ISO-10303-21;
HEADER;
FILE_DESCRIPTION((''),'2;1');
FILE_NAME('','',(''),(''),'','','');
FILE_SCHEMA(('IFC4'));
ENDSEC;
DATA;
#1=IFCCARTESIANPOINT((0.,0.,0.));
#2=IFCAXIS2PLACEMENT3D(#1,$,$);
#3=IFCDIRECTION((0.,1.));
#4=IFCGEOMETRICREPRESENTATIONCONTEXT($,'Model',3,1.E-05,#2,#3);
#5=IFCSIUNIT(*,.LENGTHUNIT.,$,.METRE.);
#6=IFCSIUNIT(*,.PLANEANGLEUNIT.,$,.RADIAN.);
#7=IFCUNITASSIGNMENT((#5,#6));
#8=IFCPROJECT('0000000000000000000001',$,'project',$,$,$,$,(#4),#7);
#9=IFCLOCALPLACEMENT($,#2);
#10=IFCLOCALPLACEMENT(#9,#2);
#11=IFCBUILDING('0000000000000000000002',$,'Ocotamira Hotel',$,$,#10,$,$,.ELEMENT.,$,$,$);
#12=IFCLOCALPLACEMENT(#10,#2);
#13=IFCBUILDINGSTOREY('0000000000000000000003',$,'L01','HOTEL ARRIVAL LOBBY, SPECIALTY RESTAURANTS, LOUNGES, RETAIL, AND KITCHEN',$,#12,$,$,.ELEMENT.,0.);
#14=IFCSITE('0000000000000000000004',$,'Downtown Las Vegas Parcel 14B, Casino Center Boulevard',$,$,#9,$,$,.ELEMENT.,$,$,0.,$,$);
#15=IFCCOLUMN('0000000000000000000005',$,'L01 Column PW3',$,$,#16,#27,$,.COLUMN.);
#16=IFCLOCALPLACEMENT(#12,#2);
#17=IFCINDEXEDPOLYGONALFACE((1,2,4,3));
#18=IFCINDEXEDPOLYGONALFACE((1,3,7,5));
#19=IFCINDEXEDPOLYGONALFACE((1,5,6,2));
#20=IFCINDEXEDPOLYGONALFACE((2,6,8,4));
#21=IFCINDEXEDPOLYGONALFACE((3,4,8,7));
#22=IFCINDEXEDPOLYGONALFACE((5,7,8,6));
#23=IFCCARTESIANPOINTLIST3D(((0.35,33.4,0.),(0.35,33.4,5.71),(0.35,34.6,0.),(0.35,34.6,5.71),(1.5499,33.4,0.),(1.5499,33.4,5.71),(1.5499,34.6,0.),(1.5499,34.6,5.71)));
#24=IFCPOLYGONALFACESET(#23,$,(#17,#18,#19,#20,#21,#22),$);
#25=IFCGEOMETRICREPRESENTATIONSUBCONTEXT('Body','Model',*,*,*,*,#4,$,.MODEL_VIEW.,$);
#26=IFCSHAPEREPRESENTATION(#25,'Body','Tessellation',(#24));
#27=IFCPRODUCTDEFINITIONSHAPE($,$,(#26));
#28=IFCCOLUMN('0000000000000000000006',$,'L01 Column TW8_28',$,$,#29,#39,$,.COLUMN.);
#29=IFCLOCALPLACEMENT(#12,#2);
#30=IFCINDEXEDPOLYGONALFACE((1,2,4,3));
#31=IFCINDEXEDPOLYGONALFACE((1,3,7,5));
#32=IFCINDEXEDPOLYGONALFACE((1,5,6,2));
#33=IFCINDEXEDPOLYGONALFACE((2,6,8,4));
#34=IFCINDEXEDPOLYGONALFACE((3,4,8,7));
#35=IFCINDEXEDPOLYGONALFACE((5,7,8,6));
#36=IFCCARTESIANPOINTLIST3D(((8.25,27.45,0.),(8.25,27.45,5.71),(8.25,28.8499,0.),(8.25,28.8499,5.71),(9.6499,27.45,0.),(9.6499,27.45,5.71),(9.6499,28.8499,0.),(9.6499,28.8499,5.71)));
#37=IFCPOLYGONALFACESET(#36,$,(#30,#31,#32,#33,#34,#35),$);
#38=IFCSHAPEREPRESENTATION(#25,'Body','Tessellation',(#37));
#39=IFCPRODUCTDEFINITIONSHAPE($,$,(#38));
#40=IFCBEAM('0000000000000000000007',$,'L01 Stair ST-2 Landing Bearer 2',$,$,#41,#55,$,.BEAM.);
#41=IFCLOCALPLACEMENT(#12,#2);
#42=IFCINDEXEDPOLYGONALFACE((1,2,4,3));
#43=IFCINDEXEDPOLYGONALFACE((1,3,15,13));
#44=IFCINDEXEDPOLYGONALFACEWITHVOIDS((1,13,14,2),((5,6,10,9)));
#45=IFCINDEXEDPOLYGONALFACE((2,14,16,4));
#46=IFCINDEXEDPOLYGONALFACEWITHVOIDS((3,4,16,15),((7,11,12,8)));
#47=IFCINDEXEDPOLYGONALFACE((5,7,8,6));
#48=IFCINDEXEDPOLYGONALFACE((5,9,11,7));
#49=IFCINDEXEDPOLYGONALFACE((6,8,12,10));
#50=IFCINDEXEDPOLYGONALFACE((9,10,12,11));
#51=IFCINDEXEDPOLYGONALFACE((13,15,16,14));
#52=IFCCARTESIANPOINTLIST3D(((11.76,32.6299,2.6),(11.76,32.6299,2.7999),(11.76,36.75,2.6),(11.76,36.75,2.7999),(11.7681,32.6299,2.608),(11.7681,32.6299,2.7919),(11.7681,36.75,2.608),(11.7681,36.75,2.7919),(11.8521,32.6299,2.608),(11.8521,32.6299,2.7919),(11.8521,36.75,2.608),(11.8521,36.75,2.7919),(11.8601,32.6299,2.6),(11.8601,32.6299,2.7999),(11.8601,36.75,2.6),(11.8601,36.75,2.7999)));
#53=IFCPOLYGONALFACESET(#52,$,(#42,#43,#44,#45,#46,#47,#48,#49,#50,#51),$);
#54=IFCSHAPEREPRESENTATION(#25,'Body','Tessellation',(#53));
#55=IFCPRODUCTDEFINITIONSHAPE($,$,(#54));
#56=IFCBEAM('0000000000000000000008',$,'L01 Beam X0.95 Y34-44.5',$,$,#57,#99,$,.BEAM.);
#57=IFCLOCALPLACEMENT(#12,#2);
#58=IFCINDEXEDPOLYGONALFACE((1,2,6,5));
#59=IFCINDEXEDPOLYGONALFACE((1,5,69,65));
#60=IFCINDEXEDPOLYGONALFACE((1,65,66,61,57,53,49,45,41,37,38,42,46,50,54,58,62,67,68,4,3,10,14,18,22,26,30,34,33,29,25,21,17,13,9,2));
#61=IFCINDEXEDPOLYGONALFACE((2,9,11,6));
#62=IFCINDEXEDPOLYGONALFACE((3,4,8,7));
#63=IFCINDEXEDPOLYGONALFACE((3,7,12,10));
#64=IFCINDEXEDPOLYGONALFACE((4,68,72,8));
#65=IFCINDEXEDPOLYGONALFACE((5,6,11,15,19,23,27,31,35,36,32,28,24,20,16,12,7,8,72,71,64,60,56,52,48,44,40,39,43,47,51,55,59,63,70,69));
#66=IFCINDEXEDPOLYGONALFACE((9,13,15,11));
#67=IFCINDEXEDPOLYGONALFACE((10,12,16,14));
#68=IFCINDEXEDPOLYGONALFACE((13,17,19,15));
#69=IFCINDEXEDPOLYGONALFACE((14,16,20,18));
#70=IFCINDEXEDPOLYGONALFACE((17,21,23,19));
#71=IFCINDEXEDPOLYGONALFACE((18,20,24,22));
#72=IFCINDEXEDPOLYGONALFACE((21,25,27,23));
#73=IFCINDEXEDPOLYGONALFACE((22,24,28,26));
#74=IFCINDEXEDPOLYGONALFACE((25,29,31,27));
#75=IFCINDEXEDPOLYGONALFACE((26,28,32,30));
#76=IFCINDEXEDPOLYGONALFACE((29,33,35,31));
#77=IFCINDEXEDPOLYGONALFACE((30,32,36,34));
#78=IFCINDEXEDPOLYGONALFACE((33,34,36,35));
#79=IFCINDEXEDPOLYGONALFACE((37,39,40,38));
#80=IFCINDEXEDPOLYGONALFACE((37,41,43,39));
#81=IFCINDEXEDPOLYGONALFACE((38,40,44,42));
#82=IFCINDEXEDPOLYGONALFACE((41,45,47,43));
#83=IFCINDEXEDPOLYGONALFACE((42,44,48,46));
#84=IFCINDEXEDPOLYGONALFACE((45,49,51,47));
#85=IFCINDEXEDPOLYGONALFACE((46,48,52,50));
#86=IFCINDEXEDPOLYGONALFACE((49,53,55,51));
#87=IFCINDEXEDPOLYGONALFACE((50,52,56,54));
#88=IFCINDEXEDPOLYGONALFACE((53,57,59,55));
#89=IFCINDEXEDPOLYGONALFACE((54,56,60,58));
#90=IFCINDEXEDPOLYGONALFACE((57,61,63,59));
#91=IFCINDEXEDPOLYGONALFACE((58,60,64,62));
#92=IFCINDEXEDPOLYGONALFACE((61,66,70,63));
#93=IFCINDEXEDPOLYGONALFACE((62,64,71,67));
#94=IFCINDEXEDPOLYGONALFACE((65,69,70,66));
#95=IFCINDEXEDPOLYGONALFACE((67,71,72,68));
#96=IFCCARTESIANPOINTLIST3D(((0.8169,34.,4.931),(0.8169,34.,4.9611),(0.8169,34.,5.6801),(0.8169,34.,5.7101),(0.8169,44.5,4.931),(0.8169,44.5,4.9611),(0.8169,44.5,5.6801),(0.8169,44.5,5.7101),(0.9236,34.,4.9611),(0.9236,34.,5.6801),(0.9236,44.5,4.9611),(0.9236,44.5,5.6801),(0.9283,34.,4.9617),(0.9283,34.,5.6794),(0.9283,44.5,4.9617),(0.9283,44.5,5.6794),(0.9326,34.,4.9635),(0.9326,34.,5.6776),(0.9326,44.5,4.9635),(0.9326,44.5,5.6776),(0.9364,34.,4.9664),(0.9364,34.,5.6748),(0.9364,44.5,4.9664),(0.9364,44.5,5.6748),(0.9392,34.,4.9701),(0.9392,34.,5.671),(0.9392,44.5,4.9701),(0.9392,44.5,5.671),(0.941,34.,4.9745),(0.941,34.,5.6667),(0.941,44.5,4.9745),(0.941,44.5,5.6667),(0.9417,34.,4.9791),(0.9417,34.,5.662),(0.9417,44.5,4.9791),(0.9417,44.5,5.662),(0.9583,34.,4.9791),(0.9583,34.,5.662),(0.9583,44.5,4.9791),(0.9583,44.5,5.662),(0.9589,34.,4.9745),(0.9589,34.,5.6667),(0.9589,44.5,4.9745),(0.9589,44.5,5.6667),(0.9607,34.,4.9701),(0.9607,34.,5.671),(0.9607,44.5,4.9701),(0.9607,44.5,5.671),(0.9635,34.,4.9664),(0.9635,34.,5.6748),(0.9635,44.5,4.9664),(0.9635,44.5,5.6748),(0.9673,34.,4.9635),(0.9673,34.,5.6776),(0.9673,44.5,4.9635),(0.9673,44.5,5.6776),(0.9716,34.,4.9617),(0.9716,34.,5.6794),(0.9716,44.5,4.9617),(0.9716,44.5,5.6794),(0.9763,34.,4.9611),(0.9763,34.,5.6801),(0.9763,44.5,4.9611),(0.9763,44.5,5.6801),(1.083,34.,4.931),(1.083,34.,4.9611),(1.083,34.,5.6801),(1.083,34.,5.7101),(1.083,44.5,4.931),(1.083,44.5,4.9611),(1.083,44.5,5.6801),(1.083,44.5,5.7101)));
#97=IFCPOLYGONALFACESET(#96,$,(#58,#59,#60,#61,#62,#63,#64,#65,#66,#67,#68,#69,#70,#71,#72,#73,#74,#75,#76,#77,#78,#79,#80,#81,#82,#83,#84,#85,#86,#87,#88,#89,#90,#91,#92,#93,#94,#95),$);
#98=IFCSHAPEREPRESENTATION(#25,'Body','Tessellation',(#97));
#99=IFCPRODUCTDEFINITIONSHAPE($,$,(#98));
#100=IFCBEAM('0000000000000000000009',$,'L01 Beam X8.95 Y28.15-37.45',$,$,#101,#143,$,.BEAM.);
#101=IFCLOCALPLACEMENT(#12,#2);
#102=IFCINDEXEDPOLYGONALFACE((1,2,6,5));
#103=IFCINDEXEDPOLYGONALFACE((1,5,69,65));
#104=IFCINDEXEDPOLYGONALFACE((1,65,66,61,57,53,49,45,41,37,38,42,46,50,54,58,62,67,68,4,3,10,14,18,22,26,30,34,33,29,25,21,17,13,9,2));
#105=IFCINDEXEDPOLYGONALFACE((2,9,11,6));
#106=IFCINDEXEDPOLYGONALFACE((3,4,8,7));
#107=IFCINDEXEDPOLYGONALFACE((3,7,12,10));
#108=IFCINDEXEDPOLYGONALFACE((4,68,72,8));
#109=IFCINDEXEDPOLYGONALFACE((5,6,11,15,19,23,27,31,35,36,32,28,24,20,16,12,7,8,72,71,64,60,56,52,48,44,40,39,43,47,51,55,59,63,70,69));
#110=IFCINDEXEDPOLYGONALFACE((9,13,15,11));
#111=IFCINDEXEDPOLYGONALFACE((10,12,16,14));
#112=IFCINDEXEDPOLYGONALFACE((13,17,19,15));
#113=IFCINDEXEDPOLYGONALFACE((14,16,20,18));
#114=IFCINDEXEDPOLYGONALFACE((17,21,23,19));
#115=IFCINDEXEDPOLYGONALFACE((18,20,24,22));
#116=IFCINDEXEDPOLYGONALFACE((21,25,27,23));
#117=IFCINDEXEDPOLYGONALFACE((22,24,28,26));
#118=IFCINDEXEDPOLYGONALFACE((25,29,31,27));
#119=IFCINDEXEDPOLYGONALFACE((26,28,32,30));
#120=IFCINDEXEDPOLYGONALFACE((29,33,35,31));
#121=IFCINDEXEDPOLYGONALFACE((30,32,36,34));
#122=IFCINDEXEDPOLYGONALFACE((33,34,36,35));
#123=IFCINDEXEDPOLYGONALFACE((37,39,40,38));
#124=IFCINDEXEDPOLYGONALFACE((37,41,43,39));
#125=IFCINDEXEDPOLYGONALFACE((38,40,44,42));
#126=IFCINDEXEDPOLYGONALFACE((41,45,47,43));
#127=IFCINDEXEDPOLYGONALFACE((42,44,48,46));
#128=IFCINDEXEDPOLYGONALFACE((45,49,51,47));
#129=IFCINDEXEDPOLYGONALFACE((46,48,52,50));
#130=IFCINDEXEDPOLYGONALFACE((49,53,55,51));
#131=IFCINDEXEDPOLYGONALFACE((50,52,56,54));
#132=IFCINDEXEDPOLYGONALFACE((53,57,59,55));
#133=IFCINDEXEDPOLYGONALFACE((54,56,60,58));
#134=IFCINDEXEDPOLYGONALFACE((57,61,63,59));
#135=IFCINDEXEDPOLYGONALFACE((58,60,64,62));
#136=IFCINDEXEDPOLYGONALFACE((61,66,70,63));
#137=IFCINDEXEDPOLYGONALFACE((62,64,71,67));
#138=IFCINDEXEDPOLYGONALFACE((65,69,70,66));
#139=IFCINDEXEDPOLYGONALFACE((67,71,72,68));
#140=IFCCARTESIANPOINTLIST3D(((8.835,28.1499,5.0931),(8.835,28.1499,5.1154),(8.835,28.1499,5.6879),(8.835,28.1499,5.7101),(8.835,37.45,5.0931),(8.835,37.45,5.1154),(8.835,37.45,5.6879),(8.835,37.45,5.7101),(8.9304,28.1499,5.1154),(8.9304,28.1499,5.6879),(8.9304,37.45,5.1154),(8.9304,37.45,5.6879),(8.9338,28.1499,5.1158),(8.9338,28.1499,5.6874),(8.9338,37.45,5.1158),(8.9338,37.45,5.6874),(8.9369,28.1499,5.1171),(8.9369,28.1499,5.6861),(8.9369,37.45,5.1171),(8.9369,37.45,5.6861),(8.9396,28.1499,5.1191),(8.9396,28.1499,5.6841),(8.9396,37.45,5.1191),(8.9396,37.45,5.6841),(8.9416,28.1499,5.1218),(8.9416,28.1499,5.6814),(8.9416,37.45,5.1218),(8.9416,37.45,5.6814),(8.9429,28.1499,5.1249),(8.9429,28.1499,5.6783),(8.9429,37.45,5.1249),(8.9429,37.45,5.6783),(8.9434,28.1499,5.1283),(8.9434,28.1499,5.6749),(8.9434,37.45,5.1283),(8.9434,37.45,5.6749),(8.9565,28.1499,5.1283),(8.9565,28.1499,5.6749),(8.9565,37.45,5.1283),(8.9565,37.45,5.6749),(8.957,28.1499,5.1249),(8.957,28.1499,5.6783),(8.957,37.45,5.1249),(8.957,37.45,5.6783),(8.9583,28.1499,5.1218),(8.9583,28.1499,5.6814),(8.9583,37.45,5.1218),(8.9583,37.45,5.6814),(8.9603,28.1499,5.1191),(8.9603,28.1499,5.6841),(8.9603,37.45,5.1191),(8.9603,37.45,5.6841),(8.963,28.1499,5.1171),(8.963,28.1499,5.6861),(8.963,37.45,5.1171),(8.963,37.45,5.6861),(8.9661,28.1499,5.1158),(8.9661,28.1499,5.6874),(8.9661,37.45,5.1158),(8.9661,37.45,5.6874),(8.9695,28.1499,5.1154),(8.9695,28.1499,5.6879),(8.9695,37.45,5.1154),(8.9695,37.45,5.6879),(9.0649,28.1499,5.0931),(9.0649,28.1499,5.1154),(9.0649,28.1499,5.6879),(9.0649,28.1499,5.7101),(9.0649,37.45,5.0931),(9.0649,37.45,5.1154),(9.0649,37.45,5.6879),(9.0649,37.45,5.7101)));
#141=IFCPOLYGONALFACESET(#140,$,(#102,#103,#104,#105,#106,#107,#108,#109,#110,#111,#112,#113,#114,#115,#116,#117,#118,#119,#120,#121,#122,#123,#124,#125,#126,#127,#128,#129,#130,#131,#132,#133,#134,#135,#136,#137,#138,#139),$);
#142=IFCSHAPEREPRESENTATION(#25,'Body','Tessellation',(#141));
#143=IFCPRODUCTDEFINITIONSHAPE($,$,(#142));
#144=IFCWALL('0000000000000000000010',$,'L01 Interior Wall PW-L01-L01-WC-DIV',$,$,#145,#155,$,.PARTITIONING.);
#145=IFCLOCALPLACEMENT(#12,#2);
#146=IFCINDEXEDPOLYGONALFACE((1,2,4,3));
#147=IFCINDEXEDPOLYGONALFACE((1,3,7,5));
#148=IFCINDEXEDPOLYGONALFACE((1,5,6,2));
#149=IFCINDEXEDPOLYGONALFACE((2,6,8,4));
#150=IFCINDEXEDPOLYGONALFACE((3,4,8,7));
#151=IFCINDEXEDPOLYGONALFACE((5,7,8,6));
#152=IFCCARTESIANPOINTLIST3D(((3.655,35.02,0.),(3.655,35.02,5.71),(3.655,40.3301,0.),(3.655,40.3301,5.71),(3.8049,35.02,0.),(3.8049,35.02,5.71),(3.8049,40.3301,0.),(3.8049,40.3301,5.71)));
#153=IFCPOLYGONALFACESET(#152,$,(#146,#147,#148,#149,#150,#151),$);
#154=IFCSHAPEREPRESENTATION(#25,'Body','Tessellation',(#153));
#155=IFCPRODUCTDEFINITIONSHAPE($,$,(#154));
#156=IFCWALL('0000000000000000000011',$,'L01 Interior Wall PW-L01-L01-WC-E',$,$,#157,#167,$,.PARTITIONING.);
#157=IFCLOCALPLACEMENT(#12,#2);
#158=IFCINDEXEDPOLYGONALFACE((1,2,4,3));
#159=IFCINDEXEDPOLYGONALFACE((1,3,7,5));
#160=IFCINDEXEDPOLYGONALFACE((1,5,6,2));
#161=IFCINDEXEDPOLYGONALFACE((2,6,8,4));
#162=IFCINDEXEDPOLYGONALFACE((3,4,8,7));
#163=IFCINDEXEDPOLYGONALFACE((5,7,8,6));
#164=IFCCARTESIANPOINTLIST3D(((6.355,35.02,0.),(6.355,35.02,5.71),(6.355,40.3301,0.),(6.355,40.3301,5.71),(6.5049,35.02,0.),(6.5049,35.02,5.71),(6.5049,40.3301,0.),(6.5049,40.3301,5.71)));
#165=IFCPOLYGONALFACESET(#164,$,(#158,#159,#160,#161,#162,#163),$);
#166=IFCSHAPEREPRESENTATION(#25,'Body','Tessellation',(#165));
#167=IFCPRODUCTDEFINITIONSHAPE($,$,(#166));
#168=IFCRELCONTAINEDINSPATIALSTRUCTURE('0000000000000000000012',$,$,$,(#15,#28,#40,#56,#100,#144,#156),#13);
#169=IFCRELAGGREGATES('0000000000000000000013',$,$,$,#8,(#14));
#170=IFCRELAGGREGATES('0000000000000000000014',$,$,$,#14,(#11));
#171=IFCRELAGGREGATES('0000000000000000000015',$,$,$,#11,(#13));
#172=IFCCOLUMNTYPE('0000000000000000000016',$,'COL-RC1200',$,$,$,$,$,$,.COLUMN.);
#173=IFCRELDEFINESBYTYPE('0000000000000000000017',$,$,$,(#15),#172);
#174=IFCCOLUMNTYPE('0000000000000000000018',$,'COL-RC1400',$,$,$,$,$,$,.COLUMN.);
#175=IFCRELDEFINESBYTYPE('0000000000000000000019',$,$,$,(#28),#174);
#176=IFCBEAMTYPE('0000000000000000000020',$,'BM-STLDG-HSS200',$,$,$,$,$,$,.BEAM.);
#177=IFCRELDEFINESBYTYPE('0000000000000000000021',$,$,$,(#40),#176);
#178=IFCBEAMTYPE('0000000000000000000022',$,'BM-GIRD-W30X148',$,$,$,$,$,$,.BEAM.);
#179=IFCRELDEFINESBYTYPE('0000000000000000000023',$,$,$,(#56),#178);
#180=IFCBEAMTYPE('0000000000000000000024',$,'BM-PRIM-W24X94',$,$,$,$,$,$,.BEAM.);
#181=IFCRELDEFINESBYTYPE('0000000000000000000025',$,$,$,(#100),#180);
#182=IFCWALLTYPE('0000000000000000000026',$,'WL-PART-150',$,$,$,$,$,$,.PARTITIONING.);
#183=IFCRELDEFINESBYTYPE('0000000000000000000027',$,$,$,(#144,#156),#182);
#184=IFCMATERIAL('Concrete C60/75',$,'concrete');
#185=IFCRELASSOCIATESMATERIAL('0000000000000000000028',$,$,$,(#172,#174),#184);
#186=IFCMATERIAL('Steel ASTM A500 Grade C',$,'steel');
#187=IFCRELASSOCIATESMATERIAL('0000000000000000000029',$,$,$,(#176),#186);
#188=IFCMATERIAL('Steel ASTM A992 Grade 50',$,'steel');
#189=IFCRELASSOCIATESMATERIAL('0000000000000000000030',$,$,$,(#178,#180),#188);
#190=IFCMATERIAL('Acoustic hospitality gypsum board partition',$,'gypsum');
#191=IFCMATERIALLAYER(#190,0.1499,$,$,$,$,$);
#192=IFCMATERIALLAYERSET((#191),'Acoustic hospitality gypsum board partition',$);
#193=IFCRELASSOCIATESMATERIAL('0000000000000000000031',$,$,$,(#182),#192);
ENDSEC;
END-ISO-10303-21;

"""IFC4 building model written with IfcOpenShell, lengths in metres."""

from ifc_helpers import new_model, si_unit, direction, frame, frame_2d, origin, origin_2d, place, context, subcontext, project, spatial, rectangle, hollow_rectangle, i_section, extrude, source, transform, mapped, material, layer, layer_set, material_profile, profile_set, type_object, element, save


model = new_model("IFC4")

# Units and contexts
model_context = context("Model", 3, precision=1e-05, world=origin(), true_north=direction((0.0, 1.0)))
body_context = subcontext(model_context, "Body", "Model", "MODEL_VIEW")
ifc_project = project(units=[si_unit("LENGTHUNIT", "METRE"), si_unit("PLANEANGLEUNIT", "RADIAN")], contexts=[model_context])

# Site, building, storey
site_placement = place(None, origin())
site = spatial("IfcSite", under=ifc_project, at=site_placement, Name="Downtown Las Vegas Parcel 14B, Casino Center Boulevard", CompositionType="ELEMENT", RefElevation=0.0)
building_placement = place(site_placement, origin())
building = spatial("IfcBuilding", under=site, at=building_placement, Name="Ocotamira Hotel", CompositionType="ELEMENT")
storey_placement = place(building_placement, origin())
storey = spatial("IfcBuildingStorey", under=building, at=storey_placement, Name="L01", Description="HOTEL ARRIVAL LOBBY, SPECIALTY RESTAURANTS, LOUNGES, RETAIL, AND KITCHEN", CompositionType="ELEMENT", Elevation=0.0)

# Columns
ifc_material_1 = material(Name="Concrete C60/75", Category="concrete")
ifc_material_profile_1 = material_profile(ifc_material_1, rectangle(XDim=1.2, YDim=1.2, at=origin_2d()), Name="RC1200X1200")
ifc_profile_set_1 = profile_set([ifc_material_profile_1], Name="Concrete C60/75")
column_type_1 = type_object("IfcColumnType", Name="COL-RC1200", PredefinedType="COLUMN", material=ifc_profile_set_1)
shared_shape_1 = source(origin(), body_context, "Body", "SweptSolid", [
    extrude(rectangle(XDim=1.2, YDim=1.2, at=origin_2d()), origin(), (0.0, 0.0, 1.0), 5.71),
])
column_1_placement = place(storey_placement, frame((0.95, 34.0, 0.0), z_axis=(0.0, 0.0, 1.0), x_axis=(1.0, 0.0, 0.0)))
element("IfcColumn", 1, at=column_1_placement, inside=storey, type_object=column_type_1, Name="L01 Column PW3", PredefinedType="COLUMN", context=body_context, shape_type="MappedRepresentation", body=[
    mapped(shared_shape_1, transform((0.0, 0.0, 0.0), scale=1.0)),
])
ifc_material_profile_2 = material_profile(ifc_material_1, rectangle(XDim=1.3999, YDim=1.3999, at=origin_2d()), Name="RC1400X1400")
ifc_profile_set_2 = profile_set([ifc_material_profile_2], Name="Concrete C60/75")
column_type_2 = type_object("IfcColumnType", Name="COL-RC1400", PredefinedType="COLUMN", material=ifc_profile_set_2)
shared_shape_2 = source(origin(), body_context, "Body", "SweptSolid", [
    extrude(rectangle(XDim=1.3999, YDim=1.3999, at=origin_2d()), origin(), (0.0, 0.0, 1.0), 5.71),
])
column_2_placement = place(storey_placement, frame((8.95, 28.1499, 0.0), z_axis=(0.0, 0.0, 1.0), x_axis=(1.0, 0.0, 0.0)))
element("IfcColumn", 2, at=column_2_placement, inside=storey, type_object=column_type_2, Name="L01 Column TW8_28", PredefinedType="COLUMN", context=body_context, shape_type="MappedRepresentation", body=[
    mapped(shared_shape_2, transform((0.0, 0.0, 0.0), scale=1.0)),
])

# Beams
ifc_material_2 = material(Name="Steel ASTM A500 Grade C", Category="steel")
ifc_material_profile_3 = material_profile(ifc_material_2, hollow_rectangle(XDim=0.1001, YDim=0.2, WallThickness=0.0081, at=origin_2d()), Name="HSS200X100X8")
ifc_profile_set_3 = profile_set([ifc_material_profile_3], Name="Steel ASTM A500 Grade C")
beam_type_1 = type_object("IfcBeamType", Name="BM-STLDG-HSS200", PredefinedType="BEAM", material=ifc_profile_set_3)
shared_shape_3 = source(origin(), body_context, "Body", "SweptSolid", [
    extrude(hollow_rectangle(XDim=0.1001, YDim=0.2, WallThickness=0.0081, at=origin_2d()), origin(), (0.0, 0.0, 1.0), 4.1201),
])
beam_1_placement = place(storey_placement, frame((11.8101, 32.6299, 2.7), z_axis=(0.0, 1.0, 0.0), x_axis=(-1.0, 0.0, 0.0)))
element("IfcBeam", 3, at=beam_1_placement, inside=storey, type_object=beam_type_1, Name="L01 Stair ST-2 Landing Bearer 2", PredefinedType="BEAM", context=body_context, shape_type="MappedRepresentation", body=[
    mapped(shared_shape_3, transform((0.0, 0.0, 0.0), scale=1.0)),
])
ifc_material_3 = material(Name="Steel ASTM A992 Grade 50", Category="steel")
ifc_material_profile_4 = material_profile(ifc_material_3, i_section(OverallWidth=0.2661, OverallDepth=0.7791, WebThickness=0.0166, FlangeThickness=0.03, FilletRadius=0.0181, at=origin_2d()), Name="W30X148")
ifc_profile_set_4 = profile_set([ifc_material_profile_4], Name="Steel ASTM A992 Grade 50")
beam_type_2 = type_object("IfcBeamType", Name="BM-GIRD-W30X148", PredefinedType="BEAM", material=ifc_profile_set_4)
shared_shape_4 = source(origin(), body_context, "Body", "SweptSolid", [
    extrude(i_section(OverallWidth=0.2661, OverallDepth=0.7791, WebThickness=0.0166, FlangeThickness=0.03, FilletRadius=0.0181, at=origin_2d()), origin(), (0.0, 0.0, 1.0), 10.5),
])
beam_2_placement = place(storey_placement, frame((0.95, 34.0, 5.3206), z_axis=(0.0, 1.0, 0.0), x_axis=(-1.0, 0.0, 0.0)))
element("IfcBeam", 4, at=beam_2_placement, inside=storey, type_object=beam_type_2, Name="L01 Beam X0.95 Y34-44.5", PredefinedType="BEAM", context=body_context, shape_type="MappedRepresentation", body=[
    mapped(shared_shape_4, transform((0.0, 0.0, 0.0), scale=1.0)),
])
ifc_material_profile_5 = material_profile(ifc_material_3, i_section(OverallWidth=0.23, OverallDepth=0.6169, WebThickness=0.0132, FlangeThickness=0.0222, FilletRadius=0.0129, at=origin_2d()), Name="W24X94")
ifc_profile_set_5 = profile_set([ifc_material_profile_5], Name="Steel ASTM A992 Grade 50")
beam_type_3 = type_object("IfcBeamType", Name="BM-PRIM-W24X94", PredefinedType="BEAM", material=ifc_profile_set_5)
shared_shape_5 = source(origin(), body_context, "Body", "SweptSolid", [
    extrude(i_section(OverallWidth=0.23, OverallDepth=0.6169, WebThickness=0.0132, FlangeThickness=0.0222, FilletRadius=0.0129, at=origin_2d()), origin(), (0.0, 0.0, 1.0), 9.3),
])
beam_3_placement = place(storey_placement, frame((8.95, 28.1499, 5.4016), z_axis=(0.0, 1.0, 0.0), x_axis=(-1.0, 0.0, 0.0)))
element("IfcBeam", 5, at=beam_3_placement, inside=storey, type_object=beam_type_3, Name="L01 Beam X8.95 Y28.15-37.45", PredefinedType="BEAM", context=body_context, shape_type="MappedRepresentation", body=[
    mapped(shared_shape_5, transform((0.0, 0.0, 0.0), scale=1.0)),
])

# Walls
ifc_material_4 = material(Name="Acoustic hospitality gypsum board partition", Category="gypsum")
ifc_layer_1 = layer(ifc_material_4, 0.1499)
ifc_layer_set_1 = layer_set([ifc_layer_1], Name="Acoustic hospitality gypsum board partition")
wall_type_1 = type_object("IfcWallType", Name="WL-PART-150", PredefinedType="PARTITIONING", material=ifc_layer_set_1)
for number, where, z_axis, x_axis, name in (
    (6, (3.73, 35.02, 0.0), (0.0, 0.0, 1.0), (0.0, 1.0, 0.0), "L01 Interior Wall PW-L01-L01-WC-DIV"),
    (7, (6.4299, 35.02, 0.0), (0.0, 0.0, 1.0), (0.0, 1.0, 0.0), "L01 Interior Wall PW-L01-L01-WC-E"),
):
    element("IfcWall", number, at=place(storey_placement, frame(where, z_axis=z_axis, x_axis=x_axis)), inside=storey, type_object=wall_type_1, Name=name, PredefinedType="PARTITIONING", context=body_context, shape_type="SweptSolid", body=[
        extrude(rectangle(XDim=5.3101, YDim=0.1499, at=frame_2d((2.655, 0.0))), origin(), (0.0, 0.0, 1.0), 5.71),
    ])

save(model, "model.ifc")
